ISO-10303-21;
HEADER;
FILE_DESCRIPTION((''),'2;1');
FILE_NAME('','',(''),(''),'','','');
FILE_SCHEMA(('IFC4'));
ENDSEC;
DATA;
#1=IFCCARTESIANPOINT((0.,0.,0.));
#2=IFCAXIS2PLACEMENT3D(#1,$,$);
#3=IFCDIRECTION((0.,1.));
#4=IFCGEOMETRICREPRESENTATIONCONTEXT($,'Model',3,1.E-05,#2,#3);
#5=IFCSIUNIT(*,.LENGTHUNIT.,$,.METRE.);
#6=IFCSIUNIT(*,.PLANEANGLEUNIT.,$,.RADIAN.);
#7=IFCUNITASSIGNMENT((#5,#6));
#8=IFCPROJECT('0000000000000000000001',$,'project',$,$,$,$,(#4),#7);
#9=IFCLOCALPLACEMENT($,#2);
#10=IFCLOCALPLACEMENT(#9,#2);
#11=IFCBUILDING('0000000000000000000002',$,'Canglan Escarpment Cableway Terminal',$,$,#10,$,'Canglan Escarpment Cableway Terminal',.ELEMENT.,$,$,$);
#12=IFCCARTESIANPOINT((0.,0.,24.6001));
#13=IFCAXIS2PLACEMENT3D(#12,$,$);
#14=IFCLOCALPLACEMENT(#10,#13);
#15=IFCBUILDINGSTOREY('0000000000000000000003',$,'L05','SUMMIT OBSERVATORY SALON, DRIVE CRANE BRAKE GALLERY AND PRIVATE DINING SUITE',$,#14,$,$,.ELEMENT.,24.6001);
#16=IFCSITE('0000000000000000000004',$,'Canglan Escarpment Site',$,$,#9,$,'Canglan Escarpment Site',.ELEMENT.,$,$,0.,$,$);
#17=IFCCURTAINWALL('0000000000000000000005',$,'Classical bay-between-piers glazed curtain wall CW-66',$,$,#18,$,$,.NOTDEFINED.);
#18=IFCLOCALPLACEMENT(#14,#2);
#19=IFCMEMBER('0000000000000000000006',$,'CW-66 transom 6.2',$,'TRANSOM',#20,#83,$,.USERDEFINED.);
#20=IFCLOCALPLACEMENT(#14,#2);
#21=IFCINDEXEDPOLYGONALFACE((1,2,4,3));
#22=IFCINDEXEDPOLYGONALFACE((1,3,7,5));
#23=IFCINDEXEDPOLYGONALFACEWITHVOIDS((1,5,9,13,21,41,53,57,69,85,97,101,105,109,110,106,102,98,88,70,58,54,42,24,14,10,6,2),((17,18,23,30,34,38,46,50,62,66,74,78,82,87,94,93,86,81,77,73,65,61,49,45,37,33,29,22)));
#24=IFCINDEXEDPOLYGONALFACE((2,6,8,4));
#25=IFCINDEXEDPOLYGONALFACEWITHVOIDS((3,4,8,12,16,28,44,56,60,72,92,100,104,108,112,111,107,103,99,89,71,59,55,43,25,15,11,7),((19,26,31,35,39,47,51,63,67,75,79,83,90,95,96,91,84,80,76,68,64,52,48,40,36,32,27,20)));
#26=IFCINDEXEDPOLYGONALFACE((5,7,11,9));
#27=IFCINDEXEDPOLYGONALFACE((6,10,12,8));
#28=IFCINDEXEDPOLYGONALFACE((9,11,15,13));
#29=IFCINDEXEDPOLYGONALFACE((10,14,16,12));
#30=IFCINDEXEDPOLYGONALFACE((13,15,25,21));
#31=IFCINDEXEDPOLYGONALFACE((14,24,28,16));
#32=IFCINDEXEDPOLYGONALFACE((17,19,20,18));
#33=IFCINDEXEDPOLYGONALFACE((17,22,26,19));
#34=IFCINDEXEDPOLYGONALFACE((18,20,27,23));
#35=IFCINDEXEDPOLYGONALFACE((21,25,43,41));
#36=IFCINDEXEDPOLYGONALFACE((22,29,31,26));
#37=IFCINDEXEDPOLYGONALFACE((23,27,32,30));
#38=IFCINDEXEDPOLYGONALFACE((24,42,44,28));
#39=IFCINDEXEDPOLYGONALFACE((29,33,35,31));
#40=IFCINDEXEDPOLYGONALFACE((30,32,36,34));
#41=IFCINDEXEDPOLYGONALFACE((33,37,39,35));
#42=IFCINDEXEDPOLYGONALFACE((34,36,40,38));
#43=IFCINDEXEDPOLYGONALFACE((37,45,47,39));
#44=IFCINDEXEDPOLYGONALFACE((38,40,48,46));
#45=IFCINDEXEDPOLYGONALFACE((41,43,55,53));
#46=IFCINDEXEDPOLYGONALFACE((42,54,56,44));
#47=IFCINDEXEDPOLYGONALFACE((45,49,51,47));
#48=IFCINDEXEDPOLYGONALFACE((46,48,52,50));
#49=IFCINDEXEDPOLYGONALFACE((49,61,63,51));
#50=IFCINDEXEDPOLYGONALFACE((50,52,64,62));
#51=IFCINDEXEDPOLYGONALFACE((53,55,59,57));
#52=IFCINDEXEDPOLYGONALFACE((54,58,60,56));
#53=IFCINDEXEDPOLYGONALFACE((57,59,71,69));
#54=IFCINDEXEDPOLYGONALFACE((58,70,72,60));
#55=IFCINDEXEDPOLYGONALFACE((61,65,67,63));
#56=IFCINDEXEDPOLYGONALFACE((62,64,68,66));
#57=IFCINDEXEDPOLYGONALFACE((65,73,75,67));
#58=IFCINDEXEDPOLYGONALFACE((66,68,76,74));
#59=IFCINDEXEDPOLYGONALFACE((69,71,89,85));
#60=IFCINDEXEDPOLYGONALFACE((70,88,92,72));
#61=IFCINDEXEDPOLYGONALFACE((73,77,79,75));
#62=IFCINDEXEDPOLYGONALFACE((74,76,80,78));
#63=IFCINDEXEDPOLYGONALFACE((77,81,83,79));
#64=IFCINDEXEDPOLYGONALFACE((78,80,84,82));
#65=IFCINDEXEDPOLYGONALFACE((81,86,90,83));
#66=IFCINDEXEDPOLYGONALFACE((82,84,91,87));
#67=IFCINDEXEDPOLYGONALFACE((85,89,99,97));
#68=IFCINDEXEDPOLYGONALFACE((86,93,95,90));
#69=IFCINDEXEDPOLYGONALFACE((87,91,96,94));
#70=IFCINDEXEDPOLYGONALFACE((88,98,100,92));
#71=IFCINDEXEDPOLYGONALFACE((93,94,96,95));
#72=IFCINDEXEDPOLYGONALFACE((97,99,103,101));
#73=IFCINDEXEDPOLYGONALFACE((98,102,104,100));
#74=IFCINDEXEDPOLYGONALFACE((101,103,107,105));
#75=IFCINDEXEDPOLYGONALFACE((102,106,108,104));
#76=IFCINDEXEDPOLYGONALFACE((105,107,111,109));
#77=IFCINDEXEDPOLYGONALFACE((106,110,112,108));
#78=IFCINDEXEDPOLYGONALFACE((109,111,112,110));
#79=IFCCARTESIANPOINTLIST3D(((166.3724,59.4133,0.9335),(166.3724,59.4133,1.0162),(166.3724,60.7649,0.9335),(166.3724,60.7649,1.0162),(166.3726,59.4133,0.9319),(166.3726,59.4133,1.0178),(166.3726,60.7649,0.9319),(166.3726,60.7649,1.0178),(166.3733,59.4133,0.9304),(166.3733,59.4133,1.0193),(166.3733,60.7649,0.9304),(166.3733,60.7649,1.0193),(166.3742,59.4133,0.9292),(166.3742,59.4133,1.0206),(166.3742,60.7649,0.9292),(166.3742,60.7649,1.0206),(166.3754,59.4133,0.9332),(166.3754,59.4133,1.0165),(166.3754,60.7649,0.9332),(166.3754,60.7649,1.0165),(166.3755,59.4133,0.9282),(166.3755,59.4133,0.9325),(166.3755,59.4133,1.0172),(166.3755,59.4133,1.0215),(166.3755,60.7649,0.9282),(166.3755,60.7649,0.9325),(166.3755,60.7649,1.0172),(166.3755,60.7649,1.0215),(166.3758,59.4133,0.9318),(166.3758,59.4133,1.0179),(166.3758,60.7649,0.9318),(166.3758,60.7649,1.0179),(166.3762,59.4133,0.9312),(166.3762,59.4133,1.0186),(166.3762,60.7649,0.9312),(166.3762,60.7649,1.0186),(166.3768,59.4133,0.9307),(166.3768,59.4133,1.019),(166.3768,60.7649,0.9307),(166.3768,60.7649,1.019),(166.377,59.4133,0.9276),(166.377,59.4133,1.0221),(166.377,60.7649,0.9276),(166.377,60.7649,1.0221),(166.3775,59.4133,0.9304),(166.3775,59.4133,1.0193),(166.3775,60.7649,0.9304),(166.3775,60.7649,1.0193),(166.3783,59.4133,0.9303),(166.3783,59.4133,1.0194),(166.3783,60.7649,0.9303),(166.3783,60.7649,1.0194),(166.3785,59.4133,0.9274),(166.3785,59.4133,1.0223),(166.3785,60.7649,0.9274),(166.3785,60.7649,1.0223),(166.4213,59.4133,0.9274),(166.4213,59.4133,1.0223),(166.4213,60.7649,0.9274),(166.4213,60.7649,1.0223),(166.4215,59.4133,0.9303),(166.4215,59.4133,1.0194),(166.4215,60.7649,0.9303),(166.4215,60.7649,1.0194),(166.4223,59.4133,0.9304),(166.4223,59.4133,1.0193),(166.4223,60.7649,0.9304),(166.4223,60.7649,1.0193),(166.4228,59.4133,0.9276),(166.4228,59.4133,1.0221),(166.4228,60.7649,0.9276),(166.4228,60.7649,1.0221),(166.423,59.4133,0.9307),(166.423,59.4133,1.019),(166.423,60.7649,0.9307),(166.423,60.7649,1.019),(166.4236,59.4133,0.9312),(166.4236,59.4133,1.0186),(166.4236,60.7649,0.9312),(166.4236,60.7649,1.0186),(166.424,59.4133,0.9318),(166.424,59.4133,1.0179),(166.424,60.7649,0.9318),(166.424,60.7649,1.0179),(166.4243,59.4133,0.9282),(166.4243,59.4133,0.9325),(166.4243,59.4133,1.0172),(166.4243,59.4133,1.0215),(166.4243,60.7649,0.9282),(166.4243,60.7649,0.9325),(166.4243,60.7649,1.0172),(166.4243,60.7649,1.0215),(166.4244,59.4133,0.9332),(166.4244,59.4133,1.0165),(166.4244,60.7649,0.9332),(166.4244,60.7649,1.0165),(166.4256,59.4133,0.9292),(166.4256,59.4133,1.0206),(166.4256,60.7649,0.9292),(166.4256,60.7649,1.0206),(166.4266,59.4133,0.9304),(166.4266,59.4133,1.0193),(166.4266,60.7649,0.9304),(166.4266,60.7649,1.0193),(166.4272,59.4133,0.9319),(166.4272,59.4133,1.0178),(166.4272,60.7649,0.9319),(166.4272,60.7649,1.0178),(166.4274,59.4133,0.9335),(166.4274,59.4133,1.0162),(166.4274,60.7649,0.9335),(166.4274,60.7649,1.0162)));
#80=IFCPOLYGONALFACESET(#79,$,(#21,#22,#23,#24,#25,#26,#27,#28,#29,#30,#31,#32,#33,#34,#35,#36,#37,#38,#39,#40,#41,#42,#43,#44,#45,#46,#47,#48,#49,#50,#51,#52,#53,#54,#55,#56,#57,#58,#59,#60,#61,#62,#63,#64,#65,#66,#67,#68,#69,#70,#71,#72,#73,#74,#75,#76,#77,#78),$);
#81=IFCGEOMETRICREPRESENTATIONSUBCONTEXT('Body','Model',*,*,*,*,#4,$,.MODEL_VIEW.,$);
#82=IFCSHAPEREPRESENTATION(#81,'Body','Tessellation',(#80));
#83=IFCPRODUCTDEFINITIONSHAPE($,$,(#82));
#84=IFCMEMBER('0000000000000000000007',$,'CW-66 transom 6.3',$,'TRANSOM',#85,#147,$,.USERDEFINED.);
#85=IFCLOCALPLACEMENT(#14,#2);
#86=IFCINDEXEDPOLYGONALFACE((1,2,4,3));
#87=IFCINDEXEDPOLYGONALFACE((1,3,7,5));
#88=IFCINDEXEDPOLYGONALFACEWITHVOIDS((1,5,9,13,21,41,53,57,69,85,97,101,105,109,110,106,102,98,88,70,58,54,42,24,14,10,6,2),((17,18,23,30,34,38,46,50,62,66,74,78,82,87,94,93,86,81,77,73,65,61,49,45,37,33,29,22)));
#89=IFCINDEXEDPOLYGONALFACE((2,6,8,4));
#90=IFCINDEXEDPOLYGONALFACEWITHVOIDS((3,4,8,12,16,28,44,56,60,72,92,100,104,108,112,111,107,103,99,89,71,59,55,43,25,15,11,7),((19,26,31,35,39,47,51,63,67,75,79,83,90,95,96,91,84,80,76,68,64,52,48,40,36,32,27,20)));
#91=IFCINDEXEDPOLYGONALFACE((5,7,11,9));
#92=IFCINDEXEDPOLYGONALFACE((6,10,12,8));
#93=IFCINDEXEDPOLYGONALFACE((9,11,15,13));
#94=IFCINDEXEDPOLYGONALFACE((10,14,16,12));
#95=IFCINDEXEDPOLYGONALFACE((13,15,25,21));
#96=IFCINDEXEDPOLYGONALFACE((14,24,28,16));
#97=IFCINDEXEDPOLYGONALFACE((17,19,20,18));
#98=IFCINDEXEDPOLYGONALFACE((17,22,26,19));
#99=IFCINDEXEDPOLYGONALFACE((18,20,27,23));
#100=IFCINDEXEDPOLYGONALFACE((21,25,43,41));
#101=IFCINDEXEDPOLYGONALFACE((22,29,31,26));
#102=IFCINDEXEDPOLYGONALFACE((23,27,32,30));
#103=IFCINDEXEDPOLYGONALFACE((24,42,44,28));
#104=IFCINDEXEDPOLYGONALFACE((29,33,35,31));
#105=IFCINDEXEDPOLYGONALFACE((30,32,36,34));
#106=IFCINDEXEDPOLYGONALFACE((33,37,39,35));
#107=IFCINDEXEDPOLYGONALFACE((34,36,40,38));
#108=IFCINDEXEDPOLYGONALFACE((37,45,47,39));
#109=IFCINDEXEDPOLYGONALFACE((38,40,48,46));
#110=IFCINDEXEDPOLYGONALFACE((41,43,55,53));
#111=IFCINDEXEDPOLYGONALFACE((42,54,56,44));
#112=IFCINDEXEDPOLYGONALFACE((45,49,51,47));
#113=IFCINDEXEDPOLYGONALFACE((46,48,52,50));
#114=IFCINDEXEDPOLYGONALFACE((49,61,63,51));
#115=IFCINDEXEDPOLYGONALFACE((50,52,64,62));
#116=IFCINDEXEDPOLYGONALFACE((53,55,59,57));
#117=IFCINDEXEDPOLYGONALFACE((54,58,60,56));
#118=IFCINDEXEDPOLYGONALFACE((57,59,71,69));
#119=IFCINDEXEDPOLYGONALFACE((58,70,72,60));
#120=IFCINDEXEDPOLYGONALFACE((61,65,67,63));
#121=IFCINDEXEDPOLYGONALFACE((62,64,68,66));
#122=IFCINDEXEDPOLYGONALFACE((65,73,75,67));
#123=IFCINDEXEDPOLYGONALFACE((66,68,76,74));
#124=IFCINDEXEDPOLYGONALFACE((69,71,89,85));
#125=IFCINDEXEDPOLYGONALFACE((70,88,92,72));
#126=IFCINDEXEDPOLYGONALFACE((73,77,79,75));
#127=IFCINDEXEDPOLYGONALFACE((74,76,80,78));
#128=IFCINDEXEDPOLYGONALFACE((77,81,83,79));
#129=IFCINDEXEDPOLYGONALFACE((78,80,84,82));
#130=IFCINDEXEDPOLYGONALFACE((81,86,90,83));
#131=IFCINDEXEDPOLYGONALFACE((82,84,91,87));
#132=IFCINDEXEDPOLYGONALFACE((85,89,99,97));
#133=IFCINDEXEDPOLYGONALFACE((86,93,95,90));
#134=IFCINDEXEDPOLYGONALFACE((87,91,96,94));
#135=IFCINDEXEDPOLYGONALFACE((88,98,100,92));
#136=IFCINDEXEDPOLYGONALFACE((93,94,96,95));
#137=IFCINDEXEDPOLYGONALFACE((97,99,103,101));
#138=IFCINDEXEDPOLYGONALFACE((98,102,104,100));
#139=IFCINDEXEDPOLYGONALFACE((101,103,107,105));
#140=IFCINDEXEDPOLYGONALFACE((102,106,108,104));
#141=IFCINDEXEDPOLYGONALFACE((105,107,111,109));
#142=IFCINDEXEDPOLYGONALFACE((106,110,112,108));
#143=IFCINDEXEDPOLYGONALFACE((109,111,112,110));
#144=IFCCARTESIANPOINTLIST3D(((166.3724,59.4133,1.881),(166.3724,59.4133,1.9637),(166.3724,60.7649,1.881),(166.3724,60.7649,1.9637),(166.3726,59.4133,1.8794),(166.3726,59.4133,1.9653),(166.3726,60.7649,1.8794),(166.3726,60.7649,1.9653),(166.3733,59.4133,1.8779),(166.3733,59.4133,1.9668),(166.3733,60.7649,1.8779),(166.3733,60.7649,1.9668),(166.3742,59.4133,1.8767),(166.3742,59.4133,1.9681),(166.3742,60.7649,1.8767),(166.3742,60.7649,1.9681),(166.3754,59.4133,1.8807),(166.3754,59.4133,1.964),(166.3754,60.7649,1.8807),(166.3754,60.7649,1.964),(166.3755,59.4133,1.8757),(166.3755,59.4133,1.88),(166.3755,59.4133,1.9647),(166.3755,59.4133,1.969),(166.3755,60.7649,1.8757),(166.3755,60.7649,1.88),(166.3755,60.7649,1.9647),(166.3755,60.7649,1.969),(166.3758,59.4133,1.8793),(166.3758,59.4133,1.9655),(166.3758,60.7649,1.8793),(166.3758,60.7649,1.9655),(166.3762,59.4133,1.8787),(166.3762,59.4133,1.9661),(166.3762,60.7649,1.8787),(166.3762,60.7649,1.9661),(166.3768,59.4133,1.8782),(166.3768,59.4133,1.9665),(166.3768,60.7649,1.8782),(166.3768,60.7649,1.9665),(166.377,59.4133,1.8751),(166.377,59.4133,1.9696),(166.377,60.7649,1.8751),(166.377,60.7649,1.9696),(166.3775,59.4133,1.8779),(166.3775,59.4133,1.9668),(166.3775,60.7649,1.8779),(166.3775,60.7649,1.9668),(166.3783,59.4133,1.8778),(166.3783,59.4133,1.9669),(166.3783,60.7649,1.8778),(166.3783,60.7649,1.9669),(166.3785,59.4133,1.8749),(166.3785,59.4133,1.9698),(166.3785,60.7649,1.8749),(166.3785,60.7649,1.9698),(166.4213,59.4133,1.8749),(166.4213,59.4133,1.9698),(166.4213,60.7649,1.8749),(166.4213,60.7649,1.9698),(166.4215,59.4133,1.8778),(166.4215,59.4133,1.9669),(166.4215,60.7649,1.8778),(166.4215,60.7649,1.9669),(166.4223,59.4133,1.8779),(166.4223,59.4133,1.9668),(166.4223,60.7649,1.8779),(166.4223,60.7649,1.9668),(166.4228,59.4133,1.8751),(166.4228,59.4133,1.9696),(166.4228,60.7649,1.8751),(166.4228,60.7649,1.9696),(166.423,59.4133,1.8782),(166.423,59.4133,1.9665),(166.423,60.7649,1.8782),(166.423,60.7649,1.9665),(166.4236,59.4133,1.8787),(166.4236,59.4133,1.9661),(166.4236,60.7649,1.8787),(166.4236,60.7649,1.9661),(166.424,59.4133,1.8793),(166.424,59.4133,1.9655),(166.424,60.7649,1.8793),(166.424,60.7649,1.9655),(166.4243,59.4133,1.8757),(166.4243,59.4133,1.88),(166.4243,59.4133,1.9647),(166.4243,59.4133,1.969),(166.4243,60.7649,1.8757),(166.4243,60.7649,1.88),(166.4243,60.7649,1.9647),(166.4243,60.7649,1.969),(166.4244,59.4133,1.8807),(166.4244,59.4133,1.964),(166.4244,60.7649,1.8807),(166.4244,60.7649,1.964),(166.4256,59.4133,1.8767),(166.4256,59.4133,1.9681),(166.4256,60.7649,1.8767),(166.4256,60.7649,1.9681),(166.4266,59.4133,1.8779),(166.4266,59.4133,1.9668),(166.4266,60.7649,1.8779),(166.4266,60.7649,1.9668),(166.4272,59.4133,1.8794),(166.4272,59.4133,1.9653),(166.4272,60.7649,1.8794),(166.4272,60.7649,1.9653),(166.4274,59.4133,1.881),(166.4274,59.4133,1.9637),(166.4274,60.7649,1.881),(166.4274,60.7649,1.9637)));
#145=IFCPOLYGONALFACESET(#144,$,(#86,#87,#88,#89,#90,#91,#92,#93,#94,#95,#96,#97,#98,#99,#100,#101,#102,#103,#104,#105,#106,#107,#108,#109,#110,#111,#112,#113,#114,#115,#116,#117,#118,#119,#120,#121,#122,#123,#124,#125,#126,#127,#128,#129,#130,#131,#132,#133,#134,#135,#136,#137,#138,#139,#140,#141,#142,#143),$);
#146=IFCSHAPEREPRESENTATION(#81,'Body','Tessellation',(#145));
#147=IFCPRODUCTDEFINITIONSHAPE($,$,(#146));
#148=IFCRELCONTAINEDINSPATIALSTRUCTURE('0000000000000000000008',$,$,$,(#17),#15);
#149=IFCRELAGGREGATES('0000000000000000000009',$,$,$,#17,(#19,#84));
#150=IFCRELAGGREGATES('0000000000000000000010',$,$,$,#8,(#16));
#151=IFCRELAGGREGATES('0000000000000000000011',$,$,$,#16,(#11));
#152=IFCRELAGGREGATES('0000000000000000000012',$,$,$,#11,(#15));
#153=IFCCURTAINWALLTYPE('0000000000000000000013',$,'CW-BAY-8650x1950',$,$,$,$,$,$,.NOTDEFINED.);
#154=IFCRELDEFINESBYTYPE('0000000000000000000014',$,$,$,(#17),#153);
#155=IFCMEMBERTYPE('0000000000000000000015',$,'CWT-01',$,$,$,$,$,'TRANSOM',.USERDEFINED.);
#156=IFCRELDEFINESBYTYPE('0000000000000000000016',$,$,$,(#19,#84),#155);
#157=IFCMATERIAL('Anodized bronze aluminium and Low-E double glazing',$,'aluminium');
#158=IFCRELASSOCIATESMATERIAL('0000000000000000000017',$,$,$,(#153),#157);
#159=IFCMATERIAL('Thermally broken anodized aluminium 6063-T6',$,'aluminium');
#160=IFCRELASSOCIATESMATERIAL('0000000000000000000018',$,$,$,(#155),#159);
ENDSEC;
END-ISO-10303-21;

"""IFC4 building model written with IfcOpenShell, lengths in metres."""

from ifc_helpers import new_model, si_unit, direction, frame, origin, origin_2d, place, context, subcontext, project, spatial, hollow_rectangle, extrude, material, material_profile, profile_set, type_object, element, aggregate, save


model = new_model("IFC4")

# Units and contexts
model_context = context("Model", 3, precision=1e-05, world=origin(), true_north=direction((0.0, 1.0)))
body_context = subcontext(model_context, "Body", "Model", "MODEL_VIEW")
ifc_project = project(units=[si_unit("LENGTHUNIT", "METRE"), si_unit("PLANEANGLEUNIT", "RADIAN")], contexts=[model_context])

# Site, building, storey
site_placement = place(None, origin())
site = spatial("IfcSite", under=ifc_project, at=site_placement, Name="Canglan Escarpment Site", LongName="Canglan Escarpment Site", CompositionType="ELEMENT", RefElevation=0.0)
building_placement = place(site_placement, origin())
building = spatial("IfcBuilding", under=site, at=building_placement, Name="Canglan Escarpment Cableway Terminal", LongName="Canglan Escarpment Cableway Terminal", CompositionType="ELEMENT")
storey_placement = place(building_placement, frame((0.0, 0.0, 24.6001)))
storey = spatial("IfcBuildingStorey", under=building, at=storey_placement, Name="L05", Description="SUMMIT OBSERVATORY SALON, DRIVE CRANE BRAKE GALLERY AND PRIVATE DINING SUITE", CompositionType="ELEMENT", Elevation=24.6001)

# Curtain wall
ifc_material_1 = material(Name="Anodized bronze aluminium and Low-E double glazing", Category="aluminium")
curtain_wall_type = type_object("IfcCurtainWallType", Name="CW-BAY-8650x1950", PredefinedType="NOTDEFINED", material=ifc_material_1)
curtain_wall_1_placement = place(storey_placement, origin())
curtain_wall_1 = element("IfcCurtainWall", 1, at=curtain_wall_1_placement, inside=storey, type_object=curtain_wall_type, Name="Classical bay-between-piers glazed curtain wall CW-66", PredefinedType="NOTDEFINED")
ifc_material_2 = material(Name="Thermally broken anodized aluminium 6063-T6", Category="aluminium")

# Members
ifc_material_profile_1 = material_profile(ifc_material_2, hollow_rectangle(XDim=0.0549, YDim=0.095, WallThickness=0.0029, InnerFilletRadius=0.0029, OuterFilletRadius=0.0061, at=origin_2d()), Name="ALU-TRAN 55x95x3")
ifc_profile_set_1 = profile_set([ifc_material_profile_1], Name="Thermally broken anodized aluminium 6063-T6")
member_type_1 = type_object("IfcMemberType", Name="CWT-01", ElementType="TRANSOM", PredefinedType="USERDEFINED", material=ifc_profile_set_1)
member_1_placement = place(storey_placement, frame((166.3999, 59.4133, 0.9749), z_axis=(0.0, 1.0, 0.0), x_axis=(-1.0, 0.0, 0.0)))
member_1 = element("IfcMember", 2, at=member_1_placement, type_object=member_type_1, Name="CW-66 transom 6.2", ObjectType="TRANSOM", PredefinedType="USERDEFINED", context=body_context, shape_type="SweptSolid", body=[
    extrude(hollow_rectangle(XDim=0.0549, YDim=0.095, WallThickness=0.0029, InnerFilletRadius=0.0029, OuterFilletRadius=0.0061, at=origin_2d()), origin(), (0.0, 0.0, 1.0), 1.3516),
])
member_2_placement = place(storey_placement, frame((166.3999, 59.4133, 1.9224), z_axis=(0.0, 1.0, 0.0), x_axis=(-1.0, 0.0, 0.0)))
member_2 = element("IfcMember", 3, at=member_2_placement, type_object=member_type_1, Name="CW-66 transom 6.3", ObjectType="TRANSOM", PredefinedType="USERDEFINED", context=body_context, shape_type="SweptSolid", body=[
    extrude(hollow_rectangle(XDim=0.0549, YDim=0.095, WallThickness=0.0029, InnerFilletRadius=0.0029, OuterFilletRadius=0.0061, at=origin_2d()), origin(), (0.0, 0.0, 1.0), 1.3516),
])

aggregate(curtain_wall_1, [member_1, member_2])

save(model, "model.ifc")
